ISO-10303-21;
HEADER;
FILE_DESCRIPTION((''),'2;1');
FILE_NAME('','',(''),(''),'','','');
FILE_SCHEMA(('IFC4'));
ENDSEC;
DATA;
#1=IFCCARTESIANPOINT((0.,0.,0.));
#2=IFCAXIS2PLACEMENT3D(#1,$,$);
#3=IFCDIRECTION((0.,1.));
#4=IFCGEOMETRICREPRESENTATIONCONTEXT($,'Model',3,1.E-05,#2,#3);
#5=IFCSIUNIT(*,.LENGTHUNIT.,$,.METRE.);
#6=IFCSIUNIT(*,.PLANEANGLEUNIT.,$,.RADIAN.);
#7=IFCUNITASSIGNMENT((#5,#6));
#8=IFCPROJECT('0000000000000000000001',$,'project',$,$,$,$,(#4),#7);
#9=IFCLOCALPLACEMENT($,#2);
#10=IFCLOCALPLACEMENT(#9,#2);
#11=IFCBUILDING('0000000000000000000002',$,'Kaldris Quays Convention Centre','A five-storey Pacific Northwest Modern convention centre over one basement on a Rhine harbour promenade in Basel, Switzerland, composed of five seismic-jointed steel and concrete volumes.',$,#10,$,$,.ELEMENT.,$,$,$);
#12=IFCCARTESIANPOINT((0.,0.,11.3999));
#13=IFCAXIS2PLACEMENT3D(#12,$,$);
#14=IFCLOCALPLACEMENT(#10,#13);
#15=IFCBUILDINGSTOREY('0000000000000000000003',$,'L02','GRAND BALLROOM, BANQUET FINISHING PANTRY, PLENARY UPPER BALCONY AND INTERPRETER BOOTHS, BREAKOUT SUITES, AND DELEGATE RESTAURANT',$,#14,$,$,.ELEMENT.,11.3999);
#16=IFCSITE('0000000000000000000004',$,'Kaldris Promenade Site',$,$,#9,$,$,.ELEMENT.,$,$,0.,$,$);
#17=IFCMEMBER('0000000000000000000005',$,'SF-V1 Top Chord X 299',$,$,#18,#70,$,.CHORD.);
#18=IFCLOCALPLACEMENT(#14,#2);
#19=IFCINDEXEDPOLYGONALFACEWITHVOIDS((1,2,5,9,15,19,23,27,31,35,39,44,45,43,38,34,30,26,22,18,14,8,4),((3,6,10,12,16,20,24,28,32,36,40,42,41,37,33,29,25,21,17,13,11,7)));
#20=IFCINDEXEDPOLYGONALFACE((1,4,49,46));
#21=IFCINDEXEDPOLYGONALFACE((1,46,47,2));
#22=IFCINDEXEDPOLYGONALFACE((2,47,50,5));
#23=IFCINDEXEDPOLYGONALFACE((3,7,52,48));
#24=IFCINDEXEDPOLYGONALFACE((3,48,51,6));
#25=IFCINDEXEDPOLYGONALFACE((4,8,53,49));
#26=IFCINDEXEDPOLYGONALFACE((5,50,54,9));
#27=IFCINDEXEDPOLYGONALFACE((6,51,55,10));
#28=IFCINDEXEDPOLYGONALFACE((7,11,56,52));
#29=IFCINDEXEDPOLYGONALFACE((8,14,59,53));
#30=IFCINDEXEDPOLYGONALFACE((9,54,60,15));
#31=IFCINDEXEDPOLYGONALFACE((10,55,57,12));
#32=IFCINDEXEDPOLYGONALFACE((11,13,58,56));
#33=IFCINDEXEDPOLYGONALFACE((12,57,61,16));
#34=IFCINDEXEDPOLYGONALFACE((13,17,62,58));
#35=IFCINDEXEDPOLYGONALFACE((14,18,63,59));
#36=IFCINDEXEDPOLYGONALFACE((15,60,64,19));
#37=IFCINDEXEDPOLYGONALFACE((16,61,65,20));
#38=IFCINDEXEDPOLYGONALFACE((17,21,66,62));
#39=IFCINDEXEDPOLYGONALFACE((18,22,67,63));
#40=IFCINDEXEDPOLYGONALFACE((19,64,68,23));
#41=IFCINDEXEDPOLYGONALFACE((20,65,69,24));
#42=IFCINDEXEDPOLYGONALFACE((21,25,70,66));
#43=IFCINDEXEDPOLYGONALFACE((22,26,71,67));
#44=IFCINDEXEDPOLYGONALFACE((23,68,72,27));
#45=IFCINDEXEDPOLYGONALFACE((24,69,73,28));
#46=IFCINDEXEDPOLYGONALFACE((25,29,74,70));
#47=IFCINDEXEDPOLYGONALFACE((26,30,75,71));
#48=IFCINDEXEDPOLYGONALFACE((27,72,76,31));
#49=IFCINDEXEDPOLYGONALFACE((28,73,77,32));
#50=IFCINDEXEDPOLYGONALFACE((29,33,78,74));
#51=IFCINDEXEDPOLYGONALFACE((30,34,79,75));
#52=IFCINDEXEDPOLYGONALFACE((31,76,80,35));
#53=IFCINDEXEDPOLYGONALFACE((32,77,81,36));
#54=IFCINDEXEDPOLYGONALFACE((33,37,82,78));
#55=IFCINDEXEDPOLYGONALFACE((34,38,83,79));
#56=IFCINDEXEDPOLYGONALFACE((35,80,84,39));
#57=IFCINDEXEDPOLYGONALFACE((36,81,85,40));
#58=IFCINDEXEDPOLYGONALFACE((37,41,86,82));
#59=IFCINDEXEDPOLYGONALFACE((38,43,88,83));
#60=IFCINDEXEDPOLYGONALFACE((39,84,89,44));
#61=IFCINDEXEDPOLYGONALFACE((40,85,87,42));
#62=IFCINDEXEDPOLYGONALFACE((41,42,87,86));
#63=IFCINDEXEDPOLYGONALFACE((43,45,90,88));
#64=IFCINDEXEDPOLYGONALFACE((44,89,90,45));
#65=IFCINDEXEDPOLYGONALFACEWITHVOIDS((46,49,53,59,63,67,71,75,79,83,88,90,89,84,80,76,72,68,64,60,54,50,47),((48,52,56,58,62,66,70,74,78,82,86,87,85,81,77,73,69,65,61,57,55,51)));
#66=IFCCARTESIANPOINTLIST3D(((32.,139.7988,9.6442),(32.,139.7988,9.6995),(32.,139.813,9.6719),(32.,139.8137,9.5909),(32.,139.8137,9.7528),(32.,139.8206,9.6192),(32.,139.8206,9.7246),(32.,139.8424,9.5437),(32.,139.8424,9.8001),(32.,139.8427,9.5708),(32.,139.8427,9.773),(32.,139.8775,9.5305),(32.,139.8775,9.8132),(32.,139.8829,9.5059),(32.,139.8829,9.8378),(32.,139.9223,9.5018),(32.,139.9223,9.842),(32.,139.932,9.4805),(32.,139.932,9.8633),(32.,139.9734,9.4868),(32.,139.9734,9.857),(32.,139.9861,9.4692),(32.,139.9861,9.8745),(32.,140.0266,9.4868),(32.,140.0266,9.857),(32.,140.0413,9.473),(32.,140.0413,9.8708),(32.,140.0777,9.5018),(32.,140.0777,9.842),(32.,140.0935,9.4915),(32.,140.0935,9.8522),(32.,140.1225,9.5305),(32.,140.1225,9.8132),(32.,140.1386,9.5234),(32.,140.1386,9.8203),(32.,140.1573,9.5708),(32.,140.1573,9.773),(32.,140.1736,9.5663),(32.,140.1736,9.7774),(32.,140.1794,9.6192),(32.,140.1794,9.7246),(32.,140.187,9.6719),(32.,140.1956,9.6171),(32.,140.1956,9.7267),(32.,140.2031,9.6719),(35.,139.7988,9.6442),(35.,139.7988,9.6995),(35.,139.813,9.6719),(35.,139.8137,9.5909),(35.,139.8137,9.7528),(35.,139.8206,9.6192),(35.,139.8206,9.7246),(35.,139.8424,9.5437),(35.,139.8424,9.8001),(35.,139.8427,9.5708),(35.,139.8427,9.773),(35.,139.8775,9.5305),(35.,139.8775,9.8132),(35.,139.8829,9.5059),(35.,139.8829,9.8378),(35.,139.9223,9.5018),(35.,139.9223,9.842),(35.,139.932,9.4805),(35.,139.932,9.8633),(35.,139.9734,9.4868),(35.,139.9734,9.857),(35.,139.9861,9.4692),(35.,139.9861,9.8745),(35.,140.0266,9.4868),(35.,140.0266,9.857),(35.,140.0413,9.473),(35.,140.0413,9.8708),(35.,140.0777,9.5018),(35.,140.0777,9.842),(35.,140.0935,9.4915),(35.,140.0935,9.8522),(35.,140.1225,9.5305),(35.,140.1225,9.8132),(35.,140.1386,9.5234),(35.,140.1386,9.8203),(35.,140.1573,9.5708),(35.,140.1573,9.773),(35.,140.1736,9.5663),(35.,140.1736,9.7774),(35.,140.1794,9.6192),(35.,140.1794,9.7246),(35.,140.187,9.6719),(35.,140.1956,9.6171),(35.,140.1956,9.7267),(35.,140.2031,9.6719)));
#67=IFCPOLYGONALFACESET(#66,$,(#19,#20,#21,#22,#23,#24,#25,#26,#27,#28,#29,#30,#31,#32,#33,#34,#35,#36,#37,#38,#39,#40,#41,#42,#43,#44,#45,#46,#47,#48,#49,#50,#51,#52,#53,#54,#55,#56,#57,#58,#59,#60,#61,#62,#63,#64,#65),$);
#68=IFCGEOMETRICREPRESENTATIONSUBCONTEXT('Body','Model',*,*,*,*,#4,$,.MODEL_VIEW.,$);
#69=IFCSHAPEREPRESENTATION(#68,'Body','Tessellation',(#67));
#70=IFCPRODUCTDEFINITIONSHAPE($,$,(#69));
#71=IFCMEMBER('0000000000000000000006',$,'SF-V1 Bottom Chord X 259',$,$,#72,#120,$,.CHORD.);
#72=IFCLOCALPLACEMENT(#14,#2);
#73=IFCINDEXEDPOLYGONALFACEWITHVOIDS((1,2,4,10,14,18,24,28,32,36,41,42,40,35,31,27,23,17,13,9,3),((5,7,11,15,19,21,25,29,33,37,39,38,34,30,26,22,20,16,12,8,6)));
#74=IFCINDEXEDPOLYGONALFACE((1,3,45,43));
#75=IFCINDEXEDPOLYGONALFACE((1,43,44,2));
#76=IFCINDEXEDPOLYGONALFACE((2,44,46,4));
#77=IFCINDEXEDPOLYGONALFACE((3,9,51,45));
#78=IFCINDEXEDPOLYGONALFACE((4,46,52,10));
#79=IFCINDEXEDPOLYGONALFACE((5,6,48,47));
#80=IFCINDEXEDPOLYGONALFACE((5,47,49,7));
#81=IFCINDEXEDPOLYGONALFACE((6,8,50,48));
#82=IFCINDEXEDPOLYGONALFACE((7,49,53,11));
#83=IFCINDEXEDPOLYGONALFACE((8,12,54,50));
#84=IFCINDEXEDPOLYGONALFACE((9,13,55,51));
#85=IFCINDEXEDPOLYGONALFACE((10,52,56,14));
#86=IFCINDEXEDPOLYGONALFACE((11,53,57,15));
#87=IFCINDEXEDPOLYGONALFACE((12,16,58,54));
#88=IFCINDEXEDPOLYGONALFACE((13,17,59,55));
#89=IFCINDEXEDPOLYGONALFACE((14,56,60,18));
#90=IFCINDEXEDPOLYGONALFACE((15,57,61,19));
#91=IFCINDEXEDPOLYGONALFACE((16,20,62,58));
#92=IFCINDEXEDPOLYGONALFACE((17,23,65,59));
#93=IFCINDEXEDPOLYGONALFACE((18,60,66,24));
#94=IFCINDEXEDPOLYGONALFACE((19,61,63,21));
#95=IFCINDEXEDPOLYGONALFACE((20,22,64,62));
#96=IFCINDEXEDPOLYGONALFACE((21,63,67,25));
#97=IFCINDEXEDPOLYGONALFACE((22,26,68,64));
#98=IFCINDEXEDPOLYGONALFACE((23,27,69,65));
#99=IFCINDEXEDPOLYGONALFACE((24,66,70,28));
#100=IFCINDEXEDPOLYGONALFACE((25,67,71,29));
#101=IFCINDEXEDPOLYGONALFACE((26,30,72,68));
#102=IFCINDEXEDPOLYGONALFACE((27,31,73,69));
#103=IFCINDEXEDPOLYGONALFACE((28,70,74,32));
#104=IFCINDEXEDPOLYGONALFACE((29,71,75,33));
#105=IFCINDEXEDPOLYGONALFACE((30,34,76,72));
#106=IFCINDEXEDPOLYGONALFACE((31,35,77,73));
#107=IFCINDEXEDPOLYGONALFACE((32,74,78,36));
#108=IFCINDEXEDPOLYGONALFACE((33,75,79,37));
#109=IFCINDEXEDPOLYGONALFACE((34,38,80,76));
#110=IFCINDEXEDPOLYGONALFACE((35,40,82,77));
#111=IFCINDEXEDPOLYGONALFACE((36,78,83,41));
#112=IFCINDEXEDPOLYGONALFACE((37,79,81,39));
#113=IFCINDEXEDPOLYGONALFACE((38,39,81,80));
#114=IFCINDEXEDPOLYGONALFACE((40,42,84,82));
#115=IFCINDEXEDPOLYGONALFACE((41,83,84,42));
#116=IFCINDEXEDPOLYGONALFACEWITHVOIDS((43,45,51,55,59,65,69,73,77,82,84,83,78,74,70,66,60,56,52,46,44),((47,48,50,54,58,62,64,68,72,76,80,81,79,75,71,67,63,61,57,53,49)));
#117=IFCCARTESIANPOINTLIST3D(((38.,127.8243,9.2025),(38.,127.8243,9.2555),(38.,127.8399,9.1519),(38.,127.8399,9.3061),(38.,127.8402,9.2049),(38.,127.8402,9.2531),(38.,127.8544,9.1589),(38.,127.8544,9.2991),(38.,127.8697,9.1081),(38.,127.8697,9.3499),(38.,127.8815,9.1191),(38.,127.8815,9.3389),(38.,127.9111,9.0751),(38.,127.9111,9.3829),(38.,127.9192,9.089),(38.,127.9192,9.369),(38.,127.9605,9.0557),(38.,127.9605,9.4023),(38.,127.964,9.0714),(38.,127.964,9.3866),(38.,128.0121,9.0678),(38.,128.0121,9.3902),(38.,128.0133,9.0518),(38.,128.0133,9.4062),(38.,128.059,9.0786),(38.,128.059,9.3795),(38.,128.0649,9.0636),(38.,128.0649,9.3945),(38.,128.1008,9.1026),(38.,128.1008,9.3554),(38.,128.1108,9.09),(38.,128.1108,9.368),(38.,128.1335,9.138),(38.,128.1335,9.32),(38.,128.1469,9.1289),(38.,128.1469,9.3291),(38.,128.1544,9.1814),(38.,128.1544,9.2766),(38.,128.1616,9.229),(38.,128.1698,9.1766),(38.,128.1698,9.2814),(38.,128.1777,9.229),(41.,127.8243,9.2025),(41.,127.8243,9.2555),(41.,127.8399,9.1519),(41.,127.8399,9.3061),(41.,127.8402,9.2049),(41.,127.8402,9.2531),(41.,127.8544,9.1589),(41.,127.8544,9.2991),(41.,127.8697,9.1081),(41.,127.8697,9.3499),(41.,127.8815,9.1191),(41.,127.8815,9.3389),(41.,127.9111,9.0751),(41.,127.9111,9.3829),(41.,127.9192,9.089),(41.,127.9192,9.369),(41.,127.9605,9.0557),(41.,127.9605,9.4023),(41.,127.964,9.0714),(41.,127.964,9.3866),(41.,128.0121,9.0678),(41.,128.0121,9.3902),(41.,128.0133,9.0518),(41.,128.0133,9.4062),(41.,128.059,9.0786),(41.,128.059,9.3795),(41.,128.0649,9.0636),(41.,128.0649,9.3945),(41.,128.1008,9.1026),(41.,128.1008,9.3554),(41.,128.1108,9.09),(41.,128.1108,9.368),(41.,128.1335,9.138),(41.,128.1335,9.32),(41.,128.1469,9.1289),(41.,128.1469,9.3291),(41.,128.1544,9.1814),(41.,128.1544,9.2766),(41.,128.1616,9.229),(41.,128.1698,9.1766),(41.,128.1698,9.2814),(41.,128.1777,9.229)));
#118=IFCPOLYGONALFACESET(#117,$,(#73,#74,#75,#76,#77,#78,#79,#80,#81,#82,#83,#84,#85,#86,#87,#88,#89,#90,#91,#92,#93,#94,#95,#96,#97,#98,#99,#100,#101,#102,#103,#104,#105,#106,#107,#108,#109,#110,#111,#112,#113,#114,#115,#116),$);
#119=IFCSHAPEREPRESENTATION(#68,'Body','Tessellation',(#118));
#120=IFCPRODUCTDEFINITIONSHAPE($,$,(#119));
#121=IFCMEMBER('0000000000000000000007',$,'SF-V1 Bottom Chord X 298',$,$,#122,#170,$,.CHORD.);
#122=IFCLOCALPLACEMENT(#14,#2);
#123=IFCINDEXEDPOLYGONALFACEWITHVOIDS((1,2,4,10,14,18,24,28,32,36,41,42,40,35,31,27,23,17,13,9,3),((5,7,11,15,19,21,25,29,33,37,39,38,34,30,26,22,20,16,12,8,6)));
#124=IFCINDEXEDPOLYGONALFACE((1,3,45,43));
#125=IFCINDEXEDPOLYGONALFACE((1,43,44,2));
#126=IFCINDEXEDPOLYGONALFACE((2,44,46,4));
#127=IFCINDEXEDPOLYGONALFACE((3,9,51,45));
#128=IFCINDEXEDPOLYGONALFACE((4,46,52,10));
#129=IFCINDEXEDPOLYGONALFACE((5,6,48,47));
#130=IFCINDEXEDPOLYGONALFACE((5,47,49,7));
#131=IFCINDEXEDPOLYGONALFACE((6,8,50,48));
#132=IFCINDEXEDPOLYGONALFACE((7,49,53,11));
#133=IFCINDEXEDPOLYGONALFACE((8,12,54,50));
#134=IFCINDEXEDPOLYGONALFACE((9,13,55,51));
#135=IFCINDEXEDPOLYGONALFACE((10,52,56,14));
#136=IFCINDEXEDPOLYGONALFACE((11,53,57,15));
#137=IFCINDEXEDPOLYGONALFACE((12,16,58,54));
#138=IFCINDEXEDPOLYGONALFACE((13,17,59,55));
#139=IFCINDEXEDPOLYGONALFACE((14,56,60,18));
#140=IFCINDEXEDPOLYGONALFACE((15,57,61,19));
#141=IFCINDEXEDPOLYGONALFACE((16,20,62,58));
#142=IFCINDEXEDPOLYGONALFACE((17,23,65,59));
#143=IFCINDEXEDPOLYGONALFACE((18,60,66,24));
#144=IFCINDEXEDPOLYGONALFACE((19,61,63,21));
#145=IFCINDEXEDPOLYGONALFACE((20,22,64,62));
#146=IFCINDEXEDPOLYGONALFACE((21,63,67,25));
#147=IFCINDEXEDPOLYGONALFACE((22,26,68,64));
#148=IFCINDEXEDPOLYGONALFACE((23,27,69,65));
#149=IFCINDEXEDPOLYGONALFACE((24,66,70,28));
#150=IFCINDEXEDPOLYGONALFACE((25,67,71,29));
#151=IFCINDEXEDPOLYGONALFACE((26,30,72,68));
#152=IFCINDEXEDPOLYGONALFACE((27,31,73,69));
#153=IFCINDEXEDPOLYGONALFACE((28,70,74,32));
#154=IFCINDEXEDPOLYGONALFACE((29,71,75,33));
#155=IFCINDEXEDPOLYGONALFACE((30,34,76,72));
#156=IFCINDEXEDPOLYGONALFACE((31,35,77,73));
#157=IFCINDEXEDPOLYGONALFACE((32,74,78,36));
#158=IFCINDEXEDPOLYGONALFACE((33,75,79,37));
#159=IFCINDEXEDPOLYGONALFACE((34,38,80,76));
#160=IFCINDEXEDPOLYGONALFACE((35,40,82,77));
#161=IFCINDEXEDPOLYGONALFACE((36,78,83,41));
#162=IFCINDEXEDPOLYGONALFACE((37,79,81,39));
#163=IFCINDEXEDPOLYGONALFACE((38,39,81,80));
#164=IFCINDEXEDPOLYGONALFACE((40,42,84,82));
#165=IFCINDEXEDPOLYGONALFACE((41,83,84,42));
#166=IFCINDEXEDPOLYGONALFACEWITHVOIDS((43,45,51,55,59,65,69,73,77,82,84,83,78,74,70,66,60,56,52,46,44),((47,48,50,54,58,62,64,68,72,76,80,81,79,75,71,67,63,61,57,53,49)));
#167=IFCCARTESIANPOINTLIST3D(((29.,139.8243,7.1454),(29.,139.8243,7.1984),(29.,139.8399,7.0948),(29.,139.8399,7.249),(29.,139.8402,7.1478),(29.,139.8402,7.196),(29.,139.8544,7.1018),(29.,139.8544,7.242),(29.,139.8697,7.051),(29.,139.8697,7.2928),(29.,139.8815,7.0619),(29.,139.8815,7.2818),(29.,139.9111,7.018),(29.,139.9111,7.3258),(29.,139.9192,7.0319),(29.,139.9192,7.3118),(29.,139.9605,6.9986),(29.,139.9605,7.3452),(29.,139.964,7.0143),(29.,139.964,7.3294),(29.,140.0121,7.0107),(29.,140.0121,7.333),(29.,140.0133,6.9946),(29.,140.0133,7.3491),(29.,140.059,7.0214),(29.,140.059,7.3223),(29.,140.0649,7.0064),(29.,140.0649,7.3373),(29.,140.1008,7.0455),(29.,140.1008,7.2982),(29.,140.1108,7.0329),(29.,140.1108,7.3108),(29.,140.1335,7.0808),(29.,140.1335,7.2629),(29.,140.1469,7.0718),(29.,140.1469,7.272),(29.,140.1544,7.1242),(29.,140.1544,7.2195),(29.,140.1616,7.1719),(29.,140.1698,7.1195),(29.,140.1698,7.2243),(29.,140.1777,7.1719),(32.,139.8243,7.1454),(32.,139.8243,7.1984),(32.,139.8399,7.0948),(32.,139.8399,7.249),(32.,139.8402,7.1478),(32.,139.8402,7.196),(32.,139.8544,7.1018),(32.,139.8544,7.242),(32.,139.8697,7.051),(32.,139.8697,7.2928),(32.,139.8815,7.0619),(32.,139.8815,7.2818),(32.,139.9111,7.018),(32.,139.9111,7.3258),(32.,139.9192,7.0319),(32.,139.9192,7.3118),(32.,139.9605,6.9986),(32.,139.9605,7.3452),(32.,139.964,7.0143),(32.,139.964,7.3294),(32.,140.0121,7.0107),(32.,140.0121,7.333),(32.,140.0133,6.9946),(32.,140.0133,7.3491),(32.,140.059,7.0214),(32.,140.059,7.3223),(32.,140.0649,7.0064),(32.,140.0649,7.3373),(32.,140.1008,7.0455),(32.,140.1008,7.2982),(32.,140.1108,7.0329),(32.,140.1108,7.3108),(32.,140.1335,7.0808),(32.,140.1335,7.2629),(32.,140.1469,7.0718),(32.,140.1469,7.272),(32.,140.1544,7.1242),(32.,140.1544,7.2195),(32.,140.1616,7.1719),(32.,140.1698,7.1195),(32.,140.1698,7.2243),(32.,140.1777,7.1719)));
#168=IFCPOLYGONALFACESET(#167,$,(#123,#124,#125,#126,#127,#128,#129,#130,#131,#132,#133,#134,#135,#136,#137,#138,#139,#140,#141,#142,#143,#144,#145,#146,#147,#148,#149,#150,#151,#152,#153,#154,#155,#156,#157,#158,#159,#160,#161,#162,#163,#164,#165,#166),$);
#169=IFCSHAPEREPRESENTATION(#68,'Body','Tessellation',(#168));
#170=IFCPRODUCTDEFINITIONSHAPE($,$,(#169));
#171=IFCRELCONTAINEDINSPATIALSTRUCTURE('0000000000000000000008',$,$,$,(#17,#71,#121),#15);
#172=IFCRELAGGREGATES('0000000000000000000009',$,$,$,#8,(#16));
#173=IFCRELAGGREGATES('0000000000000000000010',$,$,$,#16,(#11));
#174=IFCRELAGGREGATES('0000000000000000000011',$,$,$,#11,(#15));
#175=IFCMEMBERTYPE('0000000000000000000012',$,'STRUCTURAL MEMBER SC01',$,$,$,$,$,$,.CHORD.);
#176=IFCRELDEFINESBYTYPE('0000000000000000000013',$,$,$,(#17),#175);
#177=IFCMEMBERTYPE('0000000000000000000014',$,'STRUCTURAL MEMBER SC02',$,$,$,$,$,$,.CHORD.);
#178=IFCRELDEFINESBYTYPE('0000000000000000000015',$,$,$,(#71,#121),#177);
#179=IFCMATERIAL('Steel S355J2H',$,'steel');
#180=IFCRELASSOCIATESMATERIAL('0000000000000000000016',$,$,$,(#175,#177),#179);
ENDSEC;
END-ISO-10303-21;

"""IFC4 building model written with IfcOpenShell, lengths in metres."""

from ifc_helpers import new_model, si_unit, direction, frame, origin, origin_2d, place, context, subcontext, project, spatial, hollow_circle, extrude, material, material_profile, profile_set, type_object, element, save


model = new_model("IFC4")

# Units and contexts
model_context = context("Model", 3, precision=1e-05, world=origin(), true_north=direction((0.0, 1.0)))
body_context = subcontext(model_context, "Body", "Model", "MODEL_VIEW")
ifc_project = project(units=[si_unit("LENGTHUNIT", "METRE"), si_unit("PLANEANGLEUNIT", "RADIAN")], contexts=[model_context])

# Site, building, storey
site_placement = place(None, origin())
site = spatial("IfcSite", under=ifc_project, at=site_placement, Name="Kaldris Promenade Site", CompositionType="ELEMENT", RefElevation=0.0)
building_placement = place(site_placement, origin())
building = spatial("IfcBuilding", under=site, at=building_placement, Name="Kaldris Quays Convention Centre", Description="A five-storey Pacific Northwest Modern convention centre over one basement on a Rhine harbour promenade in Basel, Switzerland, composed of five seismic-jointed steel and concrete volumes.", CompositionType="ELEMENT")
storey_placement = place(building_placement, frame((0.0, 0.0, 11.3999)))
storey = spatial("IfcBuildingStorey", under=building, at=storey_placement, Name="L02", Description="GRAND BALLROOM, BANQUET FINISHING PANTRY, PLENARY UPPER BALCONY AND INTERPRETER BOOTHS, BREAKOUT SUITES, AND DELEGATE RESTAURANT", CompositionType="ELEMENT", Elevation=11.3999)

# Members
ifc_material_1 = material(Name="Steel S355J2H", Category="steel")
ifc_material_profile_1 = material_profile(ifc_material_1, hollow_circle(Radius=0.2031, WallThickness=0.0161, at=origin_2d()), Name="CHS 406.4x16")
ifc_profile_set_1 = profile_set([ifc_material_profile_1], Name="Steel S355J2H")
member_type_1 = type_object("IfcMemberType", Name="STRUCTURAL MEMBER SC01", PredefinedType="CHORD", material=ifc_profile_set_1)
for number, where, z_axis, x_axis, name in (
    (1, (32.0, 140.0, 9.6719), (1.0, 0.0, 0.0), (0.0, 1.0, 0.0), "SF-V1 Top Chord X 299"),
):
    element("IfcMember", number, at=place(storey_placement, frame(where, z_axis=z_axis, x_axis=x_axis)), inside=storey, type_object=member_type_1, Name=name, PredefinedType="CHORD", context=body_context, shape_type="SweptSolid", body=[
        extrude(hollow_circle(Radius=0.2031, WallThickness=0.0161, at=origin_2d()), origin(), (0.0, 0.0, 1.0), 3.0),
    ])
ifc_material_profile_2 = material_profile(ifc_material_1, hollow_circle(Radius=0.1777, WallThickness=0.0161, at=origin_2d()), Name="CHS 355.6x16")
ifc_profile_set_2 = profile_set([ifc_material_profile_2], Name="Steel S355J2H")
member_type_2 = type_object("IfcMemberType", Name="STRUCTURAL MEMBER SC02", PredefinedType="CHORD", material=ifc_profile_set_2)
for number, where, z_axis, x_axis, name in (
    (2, (38.0, 128.0, 9.229), (1.0, 0.0, 0.0), (0.0, 1.0, 0.0), "SF-V1 Bottom Chord X 259"),
    (3, (29.0, 140.0, 7.1719), (1.0, 0.0, 0.0), (0.0, 1.0, 0.0), "SF-V1 Bottom Chord X 298"),
):
    element("IfcMember", number, at=place(storey_placement, frame(where, z_axis=z_axis, x_axis=x_axis)), inside=storey, type_object=member_type_2, Name=name, PredefinedType="CHORD", context=body_context, shape_type="SweptSolid", body=[
        extrude(hollow_circle(Radius=0.1777, WallThickness=0.0161, at=origin_2d()), origin(), (0.0, 0.0, 1.0), 3.0),
    ])

save(model, "model.ifc")
